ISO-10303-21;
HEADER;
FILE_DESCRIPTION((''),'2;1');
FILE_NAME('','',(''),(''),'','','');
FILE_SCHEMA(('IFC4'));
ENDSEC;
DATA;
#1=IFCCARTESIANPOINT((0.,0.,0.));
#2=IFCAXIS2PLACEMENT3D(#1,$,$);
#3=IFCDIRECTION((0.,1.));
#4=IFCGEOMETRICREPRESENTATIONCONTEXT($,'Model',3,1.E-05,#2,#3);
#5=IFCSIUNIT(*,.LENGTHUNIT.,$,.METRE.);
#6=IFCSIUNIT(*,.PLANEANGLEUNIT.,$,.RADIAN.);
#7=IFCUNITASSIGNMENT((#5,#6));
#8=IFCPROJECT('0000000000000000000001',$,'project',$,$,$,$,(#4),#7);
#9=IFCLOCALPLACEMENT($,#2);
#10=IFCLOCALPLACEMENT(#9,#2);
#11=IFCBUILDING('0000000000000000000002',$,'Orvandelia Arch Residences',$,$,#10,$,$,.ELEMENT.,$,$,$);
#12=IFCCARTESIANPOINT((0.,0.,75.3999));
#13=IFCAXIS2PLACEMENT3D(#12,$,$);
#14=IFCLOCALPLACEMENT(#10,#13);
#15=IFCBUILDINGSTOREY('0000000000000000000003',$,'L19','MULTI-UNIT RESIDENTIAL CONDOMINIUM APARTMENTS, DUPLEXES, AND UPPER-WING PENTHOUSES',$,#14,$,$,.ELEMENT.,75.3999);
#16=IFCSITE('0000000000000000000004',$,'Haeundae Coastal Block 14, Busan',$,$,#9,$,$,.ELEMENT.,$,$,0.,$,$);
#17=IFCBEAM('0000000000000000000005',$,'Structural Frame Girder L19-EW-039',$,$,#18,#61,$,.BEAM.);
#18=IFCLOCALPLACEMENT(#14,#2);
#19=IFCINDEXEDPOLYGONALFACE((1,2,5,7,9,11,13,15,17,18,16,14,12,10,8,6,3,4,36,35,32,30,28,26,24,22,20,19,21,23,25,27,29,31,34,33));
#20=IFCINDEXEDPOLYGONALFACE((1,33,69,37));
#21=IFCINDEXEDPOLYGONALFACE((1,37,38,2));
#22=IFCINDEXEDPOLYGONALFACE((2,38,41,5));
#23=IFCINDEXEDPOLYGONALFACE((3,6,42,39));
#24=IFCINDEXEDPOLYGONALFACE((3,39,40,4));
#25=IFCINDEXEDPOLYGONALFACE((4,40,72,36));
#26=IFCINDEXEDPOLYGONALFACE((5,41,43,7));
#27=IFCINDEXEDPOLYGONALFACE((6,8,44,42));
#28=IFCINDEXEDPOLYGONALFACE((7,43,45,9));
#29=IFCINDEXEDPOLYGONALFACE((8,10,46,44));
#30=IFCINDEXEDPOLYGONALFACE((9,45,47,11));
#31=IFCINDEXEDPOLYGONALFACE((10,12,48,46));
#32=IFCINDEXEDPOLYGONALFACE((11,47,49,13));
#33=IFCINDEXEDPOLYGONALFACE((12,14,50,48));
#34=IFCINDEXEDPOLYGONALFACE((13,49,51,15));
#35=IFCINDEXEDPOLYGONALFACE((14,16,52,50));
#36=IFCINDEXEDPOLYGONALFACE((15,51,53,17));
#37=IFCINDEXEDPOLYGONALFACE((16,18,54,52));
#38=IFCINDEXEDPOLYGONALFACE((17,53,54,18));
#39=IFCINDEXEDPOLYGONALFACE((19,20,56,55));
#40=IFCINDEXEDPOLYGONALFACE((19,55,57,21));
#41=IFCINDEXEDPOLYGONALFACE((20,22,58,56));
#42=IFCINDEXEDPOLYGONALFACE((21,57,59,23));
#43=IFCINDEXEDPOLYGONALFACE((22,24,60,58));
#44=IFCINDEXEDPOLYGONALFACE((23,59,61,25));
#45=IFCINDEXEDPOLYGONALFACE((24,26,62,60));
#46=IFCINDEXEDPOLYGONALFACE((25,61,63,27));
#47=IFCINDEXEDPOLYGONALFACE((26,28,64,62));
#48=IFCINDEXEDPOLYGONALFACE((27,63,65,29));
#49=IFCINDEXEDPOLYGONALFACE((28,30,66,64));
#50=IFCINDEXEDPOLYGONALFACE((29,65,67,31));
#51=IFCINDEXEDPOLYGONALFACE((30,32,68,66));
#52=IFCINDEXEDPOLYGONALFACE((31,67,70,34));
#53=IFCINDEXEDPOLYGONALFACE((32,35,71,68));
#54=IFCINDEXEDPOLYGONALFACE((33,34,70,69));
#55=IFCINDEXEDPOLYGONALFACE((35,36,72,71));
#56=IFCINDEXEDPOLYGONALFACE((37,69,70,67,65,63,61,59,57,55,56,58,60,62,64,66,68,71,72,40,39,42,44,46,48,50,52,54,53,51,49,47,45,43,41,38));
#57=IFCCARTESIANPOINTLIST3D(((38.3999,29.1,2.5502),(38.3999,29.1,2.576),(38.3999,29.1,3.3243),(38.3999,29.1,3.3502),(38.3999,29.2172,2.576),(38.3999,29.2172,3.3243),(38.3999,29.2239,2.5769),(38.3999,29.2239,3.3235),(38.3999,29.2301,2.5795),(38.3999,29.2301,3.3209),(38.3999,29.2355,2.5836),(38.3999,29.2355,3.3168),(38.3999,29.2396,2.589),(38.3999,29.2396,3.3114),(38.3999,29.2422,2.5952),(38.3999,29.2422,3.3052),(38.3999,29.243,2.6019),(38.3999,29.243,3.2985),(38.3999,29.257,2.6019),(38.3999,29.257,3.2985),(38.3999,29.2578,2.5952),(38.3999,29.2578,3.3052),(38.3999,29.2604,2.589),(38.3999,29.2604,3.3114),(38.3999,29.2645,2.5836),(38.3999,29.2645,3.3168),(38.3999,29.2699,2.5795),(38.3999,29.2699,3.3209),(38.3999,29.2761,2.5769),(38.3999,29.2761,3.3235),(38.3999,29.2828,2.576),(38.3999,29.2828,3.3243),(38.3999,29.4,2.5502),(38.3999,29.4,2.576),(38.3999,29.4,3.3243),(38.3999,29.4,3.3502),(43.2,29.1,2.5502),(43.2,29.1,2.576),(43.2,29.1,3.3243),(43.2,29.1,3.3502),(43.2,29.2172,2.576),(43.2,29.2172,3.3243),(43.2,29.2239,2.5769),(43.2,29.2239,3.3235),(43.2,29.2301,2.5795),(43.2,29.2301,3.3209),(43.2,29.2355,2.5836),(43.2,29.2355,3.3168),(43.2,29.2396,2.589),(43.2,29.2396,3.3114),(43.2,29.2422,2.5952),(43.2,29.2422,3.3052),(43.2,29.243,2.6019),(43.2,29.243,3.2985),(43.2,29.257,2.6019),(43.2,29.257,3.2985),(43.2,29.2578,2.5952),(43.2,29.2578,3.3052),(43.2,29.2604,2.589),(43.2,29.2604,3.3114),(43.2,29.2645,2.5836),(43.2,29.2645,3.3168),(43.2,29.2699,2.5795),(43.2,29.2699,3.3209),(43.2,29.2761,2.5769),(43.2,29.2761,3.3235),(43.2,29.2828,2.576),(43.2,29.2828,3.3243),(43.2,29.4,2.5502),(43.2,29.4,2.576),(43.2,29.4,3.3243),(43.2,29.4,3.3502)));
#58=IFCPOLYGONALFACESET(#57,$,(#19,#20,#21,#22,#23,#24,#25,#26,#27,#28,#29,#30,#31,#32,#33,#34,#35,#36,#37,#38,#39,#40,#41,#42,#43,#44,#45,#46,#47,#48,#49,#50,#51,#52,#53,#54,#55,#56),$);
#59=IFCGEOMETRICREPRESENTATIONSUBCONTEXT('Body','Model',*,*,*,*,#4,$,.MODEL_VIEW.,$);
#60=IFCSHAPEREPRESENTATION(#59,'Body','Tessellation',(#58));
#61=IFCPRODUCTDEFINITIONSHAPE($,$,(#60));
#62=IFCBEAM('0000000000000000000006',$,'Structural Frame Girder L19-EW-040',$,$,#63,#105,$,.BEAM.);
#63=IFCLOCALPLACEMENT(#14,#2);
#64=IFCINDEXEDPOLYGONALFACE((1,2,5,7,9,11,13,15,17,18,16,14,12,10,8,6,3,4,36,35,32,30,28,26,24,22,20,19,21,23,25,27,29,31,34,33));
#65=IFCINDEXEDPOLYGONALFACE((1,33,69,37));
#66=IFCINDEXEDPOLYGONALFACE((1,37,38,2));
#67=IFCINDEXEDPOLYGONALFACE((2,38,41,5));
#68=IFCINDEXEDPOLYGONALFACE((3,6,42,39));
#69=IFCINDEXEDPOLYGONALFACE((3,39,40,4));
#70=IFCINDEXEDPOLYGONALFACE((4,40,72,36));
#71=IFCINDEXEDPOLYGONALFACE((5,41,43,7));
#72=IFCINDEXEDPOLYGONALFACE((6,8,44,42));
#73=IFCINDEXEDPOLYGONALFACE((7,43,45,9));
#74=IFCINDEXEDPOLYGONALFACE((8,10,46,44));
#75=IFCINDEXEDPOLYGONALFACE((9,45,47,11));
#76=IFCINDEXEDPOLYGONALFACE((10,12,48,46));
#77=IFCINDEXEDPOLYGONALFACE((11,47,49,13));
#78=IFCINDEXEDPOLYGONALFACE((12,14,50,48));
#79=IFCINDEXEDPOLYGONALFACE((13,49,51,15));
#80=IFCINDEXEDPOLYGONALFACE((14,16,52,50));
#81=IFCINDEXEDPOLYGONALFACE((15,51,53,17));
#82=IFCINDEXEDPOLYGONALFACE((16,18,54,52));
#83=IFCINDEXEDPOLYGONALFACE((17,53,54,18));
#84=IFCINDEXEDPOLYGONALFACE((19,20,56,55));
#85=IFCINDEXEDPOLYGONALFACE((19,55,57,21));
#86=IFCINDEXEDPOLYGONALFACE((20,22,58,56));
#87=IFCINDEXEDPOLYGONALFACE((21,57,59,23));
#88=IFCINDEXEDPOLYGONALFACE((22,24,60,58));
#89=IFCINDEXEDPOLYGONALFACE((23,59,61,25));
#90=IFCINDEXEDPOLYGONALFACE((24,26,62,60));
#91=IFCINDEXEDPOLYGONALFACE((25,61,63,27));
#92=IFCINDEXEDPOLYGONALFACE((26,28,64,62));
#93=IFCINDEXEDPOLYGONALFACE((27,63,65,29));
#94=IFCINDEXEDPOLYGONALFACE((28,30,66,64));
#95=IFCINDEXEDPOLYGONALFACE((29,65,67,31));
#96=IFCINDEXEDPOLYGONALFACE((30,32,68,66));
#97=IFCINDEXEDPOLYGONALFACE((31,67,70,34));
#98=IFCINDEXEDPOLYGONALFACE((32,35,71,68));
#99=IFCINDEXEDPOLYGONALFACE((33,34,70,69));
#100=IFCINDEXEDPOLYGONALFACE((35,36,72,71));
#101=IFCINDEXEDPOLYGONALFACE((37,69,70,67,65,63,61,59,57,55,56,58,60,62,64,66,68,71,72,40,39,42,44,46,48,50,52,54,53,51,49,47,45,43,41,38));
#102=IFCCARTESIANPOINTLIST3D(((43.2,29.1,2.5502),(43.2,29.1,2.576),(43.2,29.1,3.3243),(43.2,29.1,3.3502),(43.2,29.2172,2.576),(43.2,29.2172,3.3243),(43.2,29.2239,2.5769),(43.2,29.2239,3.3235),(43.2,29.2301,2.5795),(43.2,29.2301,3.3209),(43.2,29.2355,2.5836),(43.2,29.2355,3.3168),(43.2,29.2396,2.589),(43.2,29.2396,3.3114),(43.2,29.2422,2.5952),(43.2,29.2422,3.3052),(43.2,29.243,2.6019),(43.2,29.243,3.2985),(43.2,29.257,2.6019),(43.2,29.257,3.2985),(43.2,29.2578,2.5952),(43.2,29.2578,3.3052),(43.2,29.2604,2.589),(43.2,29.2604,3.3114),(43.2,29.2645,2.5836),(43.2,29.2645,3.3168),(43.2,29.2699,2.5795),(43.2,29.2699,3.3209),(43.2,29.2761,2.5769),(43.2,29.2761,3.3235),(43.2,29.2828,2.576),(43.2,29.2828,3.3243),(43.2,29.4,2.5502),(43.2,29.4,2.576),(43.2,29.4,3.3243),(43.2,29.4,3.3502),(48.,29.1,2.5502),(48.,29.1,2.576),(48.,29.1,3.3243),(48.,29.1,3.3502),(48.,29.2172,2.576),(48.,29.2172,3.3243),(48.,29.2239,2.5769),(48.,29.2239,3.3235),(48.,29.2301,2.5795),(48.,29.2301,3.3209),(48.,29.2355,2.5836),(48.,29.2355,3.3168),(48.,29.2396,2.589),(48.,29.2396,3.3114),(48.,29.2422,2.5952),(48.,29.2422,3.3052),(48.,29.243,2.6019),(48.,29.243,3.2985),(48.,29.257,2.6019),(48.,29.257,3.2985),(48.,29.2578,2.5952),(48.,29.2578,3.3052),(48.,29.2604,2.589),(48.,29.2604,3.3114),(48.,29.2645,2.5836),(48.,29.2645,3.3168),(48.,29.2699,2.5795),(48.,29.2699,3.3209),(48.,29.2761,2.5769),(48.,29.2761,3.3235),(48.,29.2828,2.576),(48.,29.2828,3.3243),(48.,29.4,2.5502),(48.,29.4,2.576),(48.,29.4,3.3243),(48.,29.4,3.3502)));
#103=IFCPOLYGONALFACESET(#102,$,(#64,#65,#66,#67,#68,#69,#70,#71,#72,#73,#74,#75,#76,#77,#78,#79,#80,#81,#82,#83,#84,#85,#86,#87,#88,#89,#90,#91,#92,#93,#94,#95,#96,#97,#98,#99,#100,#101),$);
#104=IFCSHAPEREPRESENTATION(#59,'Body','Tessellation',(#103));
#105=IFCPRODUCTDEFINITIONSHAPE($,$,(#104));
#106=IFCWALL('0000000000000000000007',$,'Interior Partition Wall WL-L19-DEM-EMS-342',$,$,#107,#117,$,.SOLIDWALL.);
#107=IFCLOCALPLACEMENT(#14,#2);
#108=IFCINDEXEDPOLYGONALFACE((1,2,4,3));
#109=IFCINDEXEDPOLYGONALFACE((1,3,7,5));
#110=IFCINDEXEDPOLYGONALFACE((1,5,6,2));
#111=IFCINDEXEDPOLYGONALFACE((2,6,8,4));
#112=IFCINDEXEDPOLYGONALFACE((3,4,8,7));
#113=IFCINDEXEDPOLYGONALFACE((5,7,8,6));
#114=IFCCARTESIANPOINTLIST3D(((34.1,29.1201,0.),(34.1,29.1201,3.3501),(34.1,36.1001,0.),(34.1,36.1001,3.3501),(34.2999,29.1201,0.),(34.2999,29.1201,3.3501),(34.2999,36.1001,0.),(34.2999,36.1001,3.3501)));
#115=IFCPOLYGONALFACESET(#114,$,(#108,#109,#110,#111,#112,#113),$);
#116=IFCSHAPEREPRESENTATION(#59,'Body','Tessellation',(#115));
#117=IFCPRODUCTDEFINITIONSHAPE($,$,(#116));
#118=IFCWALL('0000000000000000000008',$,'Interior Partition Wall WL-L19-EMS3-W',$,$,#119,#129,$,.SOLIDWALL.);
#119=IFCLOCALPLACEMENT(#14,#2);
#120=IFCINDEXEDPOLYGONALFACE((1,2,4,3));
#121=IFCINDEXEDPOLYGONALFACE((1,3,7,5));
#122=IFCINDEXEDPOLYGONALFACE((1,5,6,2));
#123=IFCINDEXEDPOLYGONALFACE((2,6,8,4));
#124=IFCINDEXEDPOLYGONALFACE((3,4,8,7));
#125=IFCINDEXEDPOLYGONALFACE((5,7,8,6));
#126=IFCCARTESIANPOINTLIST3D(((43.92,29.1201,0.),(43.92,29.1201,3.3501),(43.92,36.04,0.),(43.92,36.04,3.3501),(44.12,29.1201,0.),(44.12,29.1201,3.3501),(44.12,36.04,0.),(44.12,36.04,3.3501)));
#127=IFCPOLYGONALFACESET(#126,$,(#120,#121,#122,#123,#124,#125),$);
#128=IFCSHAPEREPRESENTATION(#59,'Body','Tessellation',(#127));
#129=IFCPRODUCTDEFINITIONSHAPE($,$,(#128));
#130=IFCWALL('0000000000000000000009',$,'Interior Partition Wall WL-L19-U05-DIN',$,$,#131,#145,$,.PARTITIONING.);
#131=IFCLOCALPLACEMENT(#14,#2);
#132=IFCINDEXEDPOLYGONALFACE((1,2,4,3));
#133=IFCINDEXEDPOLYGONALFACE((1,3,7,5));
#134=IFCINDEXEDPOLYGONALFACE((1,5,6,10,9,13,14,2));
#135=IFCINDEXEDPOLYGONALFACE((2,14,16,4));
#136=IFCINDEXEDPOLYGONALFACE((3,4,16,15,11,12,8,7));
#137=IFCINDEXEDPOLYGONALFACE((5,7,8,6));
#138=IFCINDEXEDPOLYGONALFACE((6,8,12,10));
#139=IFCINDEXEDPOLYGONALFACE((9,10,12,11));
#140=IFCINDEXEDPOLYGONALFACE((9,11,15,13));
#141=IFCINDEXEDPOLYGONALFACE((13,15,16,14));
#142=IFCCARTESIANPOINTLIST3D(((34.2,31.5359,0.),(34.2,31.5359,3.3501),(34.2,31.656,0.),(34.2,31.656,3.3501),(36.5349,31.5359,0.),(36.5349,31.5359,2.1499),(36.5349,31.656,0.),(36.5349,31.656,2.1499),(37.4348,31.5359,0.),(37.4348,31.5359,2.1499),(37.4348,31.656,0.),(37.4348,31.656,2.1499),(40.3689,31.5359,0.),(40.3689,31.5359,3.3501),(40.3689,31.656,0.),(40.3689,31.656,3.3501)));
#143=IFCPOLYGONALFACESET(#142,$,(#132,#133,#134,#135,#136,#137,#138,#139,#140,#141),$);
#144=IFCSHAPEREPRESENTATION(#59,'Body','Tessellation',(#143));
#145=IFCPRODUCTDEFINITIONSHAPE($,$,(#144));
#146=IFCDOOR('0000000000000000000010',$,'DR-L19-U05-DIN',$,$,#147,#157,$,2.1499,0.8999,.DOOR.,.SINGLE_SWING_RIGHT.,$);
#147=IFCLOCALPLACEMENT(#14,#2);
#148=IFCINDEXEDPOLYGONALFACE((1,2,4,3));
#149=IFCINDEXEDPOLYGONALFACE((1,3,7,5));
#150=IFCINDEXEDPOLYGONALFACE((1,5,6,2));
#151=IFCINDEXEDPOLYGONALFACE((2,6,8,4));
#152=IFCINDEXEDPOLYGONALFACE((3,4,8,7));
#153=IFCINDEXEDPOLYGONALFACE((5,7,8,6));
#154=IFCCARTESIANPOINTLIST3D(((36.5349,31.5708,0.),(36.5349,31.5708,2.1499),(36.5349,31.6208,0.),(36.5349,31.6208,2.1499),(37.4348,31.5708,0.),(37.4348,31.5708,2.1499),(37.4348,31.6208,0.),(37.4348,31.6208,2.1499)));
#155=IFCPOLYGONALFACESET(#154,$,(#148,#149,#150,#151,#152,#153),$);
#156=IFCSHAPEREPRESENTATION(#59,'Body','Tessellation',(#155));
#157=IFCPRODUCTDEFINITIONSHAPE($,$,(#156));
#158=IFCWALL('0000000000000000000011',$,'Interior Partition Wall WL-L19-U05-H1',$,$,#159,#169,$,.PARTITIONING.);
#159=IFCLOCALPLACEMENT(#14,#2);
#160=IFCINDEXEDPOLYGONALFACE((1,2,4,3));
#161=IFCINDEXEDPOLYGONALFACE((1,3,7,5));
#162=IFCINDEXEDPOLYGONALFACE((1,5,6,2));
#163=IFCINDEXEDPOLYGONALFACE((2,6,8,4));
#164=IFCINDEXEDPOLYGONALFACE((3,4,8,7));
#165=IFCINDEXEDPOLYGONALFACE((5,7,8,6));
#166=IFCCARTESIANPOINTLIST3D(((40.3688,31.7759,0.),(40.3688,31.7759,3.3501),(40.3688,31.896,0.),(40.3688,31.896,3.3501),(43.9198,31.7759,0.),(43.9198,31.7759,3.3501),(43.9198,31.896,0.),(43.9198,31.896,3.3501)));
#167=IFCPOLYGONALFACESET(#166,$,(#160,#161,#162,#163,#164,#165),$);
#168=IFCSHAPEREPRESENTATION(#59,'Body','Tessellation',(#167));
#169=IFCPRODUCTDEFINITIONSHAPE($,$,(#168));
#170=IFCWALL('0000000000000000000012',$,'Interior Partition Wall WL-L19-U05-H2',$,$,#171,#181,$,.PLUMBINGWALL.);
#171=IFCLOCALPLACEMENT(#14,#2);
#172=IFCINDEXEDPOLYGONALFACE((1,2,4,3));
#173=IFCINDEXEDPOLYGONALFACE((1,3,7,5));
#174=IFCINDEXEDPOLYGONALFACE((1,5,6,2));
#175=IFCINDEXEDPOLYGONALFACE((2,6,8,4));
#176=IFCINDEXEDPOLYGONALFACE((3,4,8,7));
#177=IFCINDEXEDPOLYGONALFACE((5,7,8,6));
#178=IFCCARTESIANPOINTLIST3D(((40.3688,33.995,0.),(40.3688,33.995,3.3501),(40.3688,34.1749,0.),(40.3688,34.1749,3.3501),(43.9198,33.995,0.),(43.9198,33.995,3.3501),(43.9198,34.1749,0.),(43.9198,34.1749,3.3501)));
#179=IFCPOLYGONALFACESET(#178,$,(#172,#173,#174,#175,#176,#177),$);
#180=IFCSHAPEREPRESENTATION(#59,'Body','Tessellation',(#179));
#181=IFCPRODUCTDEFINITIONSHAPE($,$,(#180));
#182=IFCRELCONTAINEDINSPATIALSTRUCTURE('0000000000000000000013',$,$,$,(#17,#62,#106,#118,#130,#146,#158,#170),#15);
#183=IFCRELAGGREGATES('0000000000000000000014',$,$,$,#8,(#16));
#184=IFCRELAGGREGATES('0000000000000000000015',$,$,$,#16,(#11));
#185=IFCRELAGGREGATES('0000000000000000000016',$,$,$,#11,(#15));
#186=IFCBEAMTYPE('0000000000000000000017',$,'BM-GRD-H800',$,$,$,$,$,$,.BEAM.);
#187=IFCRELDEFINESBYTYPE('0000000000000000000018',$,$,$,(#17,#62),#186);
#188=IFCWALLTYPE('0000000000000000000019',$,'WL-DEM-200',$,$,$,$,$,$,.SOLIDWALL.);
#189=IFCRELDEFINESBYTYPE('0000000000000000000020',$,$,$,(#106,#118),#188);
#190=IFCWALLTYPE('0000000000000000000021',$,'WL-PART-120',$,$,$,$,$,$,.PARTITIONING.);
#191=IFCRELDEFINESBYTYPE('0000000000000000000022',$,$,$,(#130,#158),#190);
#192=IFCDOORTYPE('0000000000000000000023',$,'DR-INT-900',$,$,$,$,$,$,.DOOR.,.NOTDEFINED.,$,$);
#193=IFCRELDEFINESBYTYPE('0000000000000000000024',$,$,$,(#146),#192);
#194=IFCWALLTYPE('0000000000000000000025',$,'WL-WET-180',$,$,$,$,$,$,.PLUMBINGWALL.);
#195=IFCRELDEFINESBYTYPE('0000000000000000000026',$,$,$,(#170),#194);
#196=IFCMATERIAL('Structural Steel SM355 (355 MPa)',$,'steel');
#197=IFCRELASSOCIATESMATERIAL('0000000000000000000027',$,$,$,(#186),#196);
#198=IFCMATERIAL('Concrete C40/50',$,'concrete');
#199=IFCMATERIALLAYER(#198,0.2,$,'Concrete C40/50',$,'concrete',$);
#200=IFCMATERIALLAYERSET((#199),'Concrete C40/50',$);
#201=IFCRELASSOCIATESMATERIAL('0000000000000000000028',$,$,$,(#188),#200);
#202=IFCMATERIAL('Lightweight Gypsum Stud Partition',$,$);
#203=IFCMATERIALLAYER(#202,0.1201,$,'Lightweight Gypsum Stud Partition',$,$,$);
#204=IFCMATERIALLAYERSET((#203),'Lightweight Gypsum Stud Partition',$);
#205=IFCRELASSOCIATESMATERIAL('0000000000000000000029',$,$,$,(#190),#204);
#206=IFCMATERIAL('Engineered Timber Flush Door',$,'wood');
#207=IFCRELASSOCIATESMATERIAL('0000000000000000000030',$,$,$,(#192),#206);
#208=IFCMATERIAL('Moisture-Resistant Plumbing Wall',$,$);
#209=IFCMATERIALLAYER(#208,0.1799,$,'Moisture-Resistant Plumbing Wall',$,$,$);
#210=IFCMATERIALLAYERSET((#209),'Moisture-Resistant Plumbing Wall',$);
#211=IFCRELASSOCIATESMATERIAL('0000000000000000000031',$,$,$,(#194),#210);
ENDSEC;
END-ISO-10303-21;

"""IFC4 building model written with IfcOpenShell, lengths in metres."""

from ifc_helpers import new_model, si_unit, direction, frame, frame_2d, origin, origin_2d, place, context, subcontext, project, spatial, rectangle, i_section, extrude, material, layer, layer_set, material_profile, profile_set, type_object, element, fill, save


model = new_model("IFC4")

# Units and contexts
model_context = context("Model", 3, precision=1e-05, world=origin(), true_north=direction((0.0, 1.0)))
body_context = subcontext(model_context, "Body", "Model", "MODEL_VIEW")
ifc_project = project(units=[si_unit("LENGTHUNIT", "METRE"), si_unit("PLANEANGLEUNIT", "RADIAN")], contexts=[model_context])

# Site, building, storey
site_placement = place(None, origin())
site = spatial("IfcSite", under=ifc_project, at=site_placement, Name="Haeundae Coastal Block 14, Busan", CompositionType="ELEMENT", RefElevation=0.0)
building_placement = place(site_placement, origin())
building = spatial("IfcBuilding", under=site, at=building_placement, Name="Orvandelia Arch Residences", CompositionType="ELEMENT")
storey_placement = place(building_placement, frame((0.0, 0.0, 75.3999)))
storey = spatial("IfcBuildingStorey", under=building, at=storey_placement, Name="L19", Description="MULTI-UNIT RESIDENTIAL CONDOMINIUM APARTMENTS, DUPLEXES, AND UPPER-WING PENTHOUSES", CompositionType="ELEMENT", Elevation=75.3999)

# Beams
ifc_material_1 = material(Name="Structural Steel SM355 (355 MPa)", Category="steel")
ifc_material_profile_1 = material_profile(ifc_material_1, i_section(OverallWidth=0.3, OverallDepth=0.8, WebThickness=0.0139, FlangeThickness=0.0259, FilletRadius=0.0259, at=origin_2d()), Name="Structural Steel SM355 (355 MPa)", Category="steel")
ifc_profile_set_1 = profile_set([ifc_material_profile_1], Name="Structural Steel SM355 (355 MPa)")
beam_type = type_object("IfcBeamType", Name="BM-GRD-H800", PredefinedType="BEAM", material=ifc_profile_set_1)
for number, where, z_axis, x_axis, name in (
    (1, (38.3999, 29.25, 2.9502), (1.0, 0.0, 0.0), (0.0, 1.0, 0.0), "Structural Frame Girder L19-EW-039"),
    (2, (43.2, 29.25, 2.9502), (1.0, 0.0, 0.0), (0.0, 1.0, 0.0), "Structural Frame Girder L19-EW-040"),
):
    element("IfcBeam", number, at=place(storey_placement, frame(where, z_axis=z_axis, x_axis=x_axis)), inside=storey, type_object=beam_type, Name=name, PredefinedType="BEAM", context=body_context, shape_type="SweptSolid", body=[
        extrude(i_section(OverallWidth=0.3, OverallDepth=0.8, WebThickness=0.0139, FlangeThickness=0.0259, FilletRadius=0.0259, at=origin_2d()), origin(), (0.0, 0.0, 1.0), 4.8),
    ])

# Walls
ifc_material_2 = material(Name="Concrete C40/50", Category="concrete")
ifc_layer_1 = layer(ifc_material_2, 0.2, Name="Concrete C40/50", Category="concrete")
ifc_layer_set_1 = layer_set([ifc_layer_1], Name="Concrete C40/50")
wall_type_1 = type_object("IfcWallType", Name="WL-DEM-200", PredefinedType="SOLIDWALL", material=ifc_layer_set_1)
wall_1_placement = place(storey_placement, frame((34.2, 29.1201, 0.0), z_axis=(0.0, 0.0, 1.0), x_axis=(0.0, 1.0, 0.0)))
element("IfcWall", 3, at=wall_1_placement, inside=storey, type_object=wall_type_1, Name="Interior Partition Wall WL-L19-DEM-EMS-342", PredefinedType="SOLIDWALL", context=body_context, shape_type="SweptSolid", body=[
    extrude(rectangle(XDim=6.98, YDim=0.2, at=frame_2d((3.49, 0.0))), origin(), (0.0, 0.0, 1.0), 3.3501),
])
wall_2_placement = place(storey_placement, frame((44.02, 29.1201, 0.0), z_axis=(0.0, 0.0, 1.0), x_axis=(0.0, 1.0, 0.0)))
element("IfcWall", 4, at=wall_2_placement, inside=storey, type_object=wall_type_1, Name="Interior Partition Wall WL-L19-EMS3-W", PredefinedType="SOLIDWALL", context=body_context, shape_type="SweptSolid", body=[
    extrude(rectangle(XDim=6.9199, YDim=0.2, at=frame_2d((3.46, 0.0))), origin(), (0.0, 0.0, 1.0), 3.3501),
])

# Wall, opening, door
ifc_material_3 = material(Name="Lightweight Gypsum Stud Partition")
ifc_layer_2 = layer(ifc_material_3, 0.1201, Name="Lightweight Gypsum Stud Partition")
ifc_layer_set_2 = layer_set([ifc_layer_2], Name="Lightweight Gypsum Stud Partition")
wall_type_2 = type_object("IfcWallType", Name="WL-PART-120", PredefinedType="PARTITIONING", material=ifc_layer_set_2)
wall_3_placement = place(storey_placement, frame((34.2, 31.5959, 0.0), z_axis=(0.0, 0.0, 1.0), x_axis=(1.0, 0.0, 0.0)))
wall_3 = element("IfcWall", 5, at=wall_3_placement, inside=storey, type_object=wall_type_2, Name="Interior Partition Wall WL-L19-U05-DIN", PredefinedType="PARTITIONING", context=body_context, shape_type="SweptSolid", body=[
    extrude(rectangle(XDim=6.1689, YDim=0.1201, at=frame_2d((3.0845, 0.0))), origin(), (0.0, 0.0, 1.0), 3.3501),
])
opening_1_placement = place(wall_3_placement, frame((2.335, 0.0, 0.0)))
opening_1 = element("IfcOpeningElement", 6, at=opening_1_placement, cuts=wall_3, PredefinedType="OPENING", context=body_context, shape_type="SweptSolid", body=[
    extrude(rectangle(XDim=0.8999, YDim=2.1499, at=frame_2d((0.45, 1.075))), frame((0.0, 0.0701, 0.0), z_axis=(0.0, -1.0, 0.0), x_axis=(1.0, 0.0, 0.0)), (0.0, 0.0, 1.0), 0.1401),
])
ifc_material_4 = material(Name="Engineered Timber Flush Door", Category="wood")
door_type_1 = type_object("IfcDoorType", Name="DR-INT-900", OperationType="NOTDEFINED", PredefinedType="DOOR", material=ifc_material_4)
door_1_placement = place(opening_1_placement, origin())
door_1 = element("IfcDoor", 7, at=door_1_placement, inside=storey, type_object=door_type_1, Name="DR-L19-U05-DIN", OperationType="SINGLE_SWING_RIGHT", OverallHeight=2.1499, OverallWidth=0.8999, PredefinedType="DOOR", context=body_context, shape_type="SweptSolid", body=[
    extrude(rectangle(XDim=0.8999, YDim=2.1499, at=frame_2d((0.45, 1.075))), frame((0.0, 0.0249, 0.0), z_axis=(0.0, -1.0, 0.0), x_axis=(1.0, 0.0, 0.0)), (0.0, 0.0, 1.0), 0.05),
])
fill(opening_1, door_1)

# Wall
wall_4_placement = place(storey_placement, frame((40.3689, 31.8359, 0.0), z_axis=(0.0, 0.0, 1.0), x_axis=(1.0, 0.0, 0.0)))
element("IfcWall", 8, at=wall_4_placement, inside=storey, type_object=wall_type_2, Name="Interior Partition Wall WL-L19-U05-H1", PredefinedType="PARTITIONING", context=body_context, shape_type="SweptSolid", body=[
    extrude(rectangle(XDim=3.551, YDim=0.1201, at=frame_2d((1.7754, 0.0))), origin(), (0.0, 0.0, 1.0), 3.3501),
])

# Shared definitions
ifc_material_5 = material(Name="Moisture-Resistant Plumbing Wall")
ifc_layer_3 = layer(ifc_material_5, 0.1799, Name="Moisture-Resistant Plumbing Wall")
ifc_layer_set_3 = layer_set([ifc_layer_3], Name="Moisture-Resistant Plumbing Wall")
wall_type_3 = type_object("IfcWallType", Name="WL-WET-180", PredefinedType="PLUMBINGWALL", material=ifc_layer_set_3)

# Wall
wall_5_placement = place(storey_placement, frame((40.3689, 34.085, 0.0), z_axis=(0.0, 0.0, 1.0), x_axis=(1.0, 0.0, 0.0)))
element("IfcWall", 9, at=wall_5_placement, inside=storey, type_object=wall_type_3, Name="Interior Partition Wall WL-L19-U05-H2", PredefinedType="PLUMBINGWALL", context=body_context, shape_type="SweptSolid", body=[
    extrude(rectangle(XDim=3.551, YDim=0.1799, at=frame_2d((1.7754, 0.0))), origin(), (0.0, 0.0, 1.0), 3.3501),
])

save(model, "model.ifc")
